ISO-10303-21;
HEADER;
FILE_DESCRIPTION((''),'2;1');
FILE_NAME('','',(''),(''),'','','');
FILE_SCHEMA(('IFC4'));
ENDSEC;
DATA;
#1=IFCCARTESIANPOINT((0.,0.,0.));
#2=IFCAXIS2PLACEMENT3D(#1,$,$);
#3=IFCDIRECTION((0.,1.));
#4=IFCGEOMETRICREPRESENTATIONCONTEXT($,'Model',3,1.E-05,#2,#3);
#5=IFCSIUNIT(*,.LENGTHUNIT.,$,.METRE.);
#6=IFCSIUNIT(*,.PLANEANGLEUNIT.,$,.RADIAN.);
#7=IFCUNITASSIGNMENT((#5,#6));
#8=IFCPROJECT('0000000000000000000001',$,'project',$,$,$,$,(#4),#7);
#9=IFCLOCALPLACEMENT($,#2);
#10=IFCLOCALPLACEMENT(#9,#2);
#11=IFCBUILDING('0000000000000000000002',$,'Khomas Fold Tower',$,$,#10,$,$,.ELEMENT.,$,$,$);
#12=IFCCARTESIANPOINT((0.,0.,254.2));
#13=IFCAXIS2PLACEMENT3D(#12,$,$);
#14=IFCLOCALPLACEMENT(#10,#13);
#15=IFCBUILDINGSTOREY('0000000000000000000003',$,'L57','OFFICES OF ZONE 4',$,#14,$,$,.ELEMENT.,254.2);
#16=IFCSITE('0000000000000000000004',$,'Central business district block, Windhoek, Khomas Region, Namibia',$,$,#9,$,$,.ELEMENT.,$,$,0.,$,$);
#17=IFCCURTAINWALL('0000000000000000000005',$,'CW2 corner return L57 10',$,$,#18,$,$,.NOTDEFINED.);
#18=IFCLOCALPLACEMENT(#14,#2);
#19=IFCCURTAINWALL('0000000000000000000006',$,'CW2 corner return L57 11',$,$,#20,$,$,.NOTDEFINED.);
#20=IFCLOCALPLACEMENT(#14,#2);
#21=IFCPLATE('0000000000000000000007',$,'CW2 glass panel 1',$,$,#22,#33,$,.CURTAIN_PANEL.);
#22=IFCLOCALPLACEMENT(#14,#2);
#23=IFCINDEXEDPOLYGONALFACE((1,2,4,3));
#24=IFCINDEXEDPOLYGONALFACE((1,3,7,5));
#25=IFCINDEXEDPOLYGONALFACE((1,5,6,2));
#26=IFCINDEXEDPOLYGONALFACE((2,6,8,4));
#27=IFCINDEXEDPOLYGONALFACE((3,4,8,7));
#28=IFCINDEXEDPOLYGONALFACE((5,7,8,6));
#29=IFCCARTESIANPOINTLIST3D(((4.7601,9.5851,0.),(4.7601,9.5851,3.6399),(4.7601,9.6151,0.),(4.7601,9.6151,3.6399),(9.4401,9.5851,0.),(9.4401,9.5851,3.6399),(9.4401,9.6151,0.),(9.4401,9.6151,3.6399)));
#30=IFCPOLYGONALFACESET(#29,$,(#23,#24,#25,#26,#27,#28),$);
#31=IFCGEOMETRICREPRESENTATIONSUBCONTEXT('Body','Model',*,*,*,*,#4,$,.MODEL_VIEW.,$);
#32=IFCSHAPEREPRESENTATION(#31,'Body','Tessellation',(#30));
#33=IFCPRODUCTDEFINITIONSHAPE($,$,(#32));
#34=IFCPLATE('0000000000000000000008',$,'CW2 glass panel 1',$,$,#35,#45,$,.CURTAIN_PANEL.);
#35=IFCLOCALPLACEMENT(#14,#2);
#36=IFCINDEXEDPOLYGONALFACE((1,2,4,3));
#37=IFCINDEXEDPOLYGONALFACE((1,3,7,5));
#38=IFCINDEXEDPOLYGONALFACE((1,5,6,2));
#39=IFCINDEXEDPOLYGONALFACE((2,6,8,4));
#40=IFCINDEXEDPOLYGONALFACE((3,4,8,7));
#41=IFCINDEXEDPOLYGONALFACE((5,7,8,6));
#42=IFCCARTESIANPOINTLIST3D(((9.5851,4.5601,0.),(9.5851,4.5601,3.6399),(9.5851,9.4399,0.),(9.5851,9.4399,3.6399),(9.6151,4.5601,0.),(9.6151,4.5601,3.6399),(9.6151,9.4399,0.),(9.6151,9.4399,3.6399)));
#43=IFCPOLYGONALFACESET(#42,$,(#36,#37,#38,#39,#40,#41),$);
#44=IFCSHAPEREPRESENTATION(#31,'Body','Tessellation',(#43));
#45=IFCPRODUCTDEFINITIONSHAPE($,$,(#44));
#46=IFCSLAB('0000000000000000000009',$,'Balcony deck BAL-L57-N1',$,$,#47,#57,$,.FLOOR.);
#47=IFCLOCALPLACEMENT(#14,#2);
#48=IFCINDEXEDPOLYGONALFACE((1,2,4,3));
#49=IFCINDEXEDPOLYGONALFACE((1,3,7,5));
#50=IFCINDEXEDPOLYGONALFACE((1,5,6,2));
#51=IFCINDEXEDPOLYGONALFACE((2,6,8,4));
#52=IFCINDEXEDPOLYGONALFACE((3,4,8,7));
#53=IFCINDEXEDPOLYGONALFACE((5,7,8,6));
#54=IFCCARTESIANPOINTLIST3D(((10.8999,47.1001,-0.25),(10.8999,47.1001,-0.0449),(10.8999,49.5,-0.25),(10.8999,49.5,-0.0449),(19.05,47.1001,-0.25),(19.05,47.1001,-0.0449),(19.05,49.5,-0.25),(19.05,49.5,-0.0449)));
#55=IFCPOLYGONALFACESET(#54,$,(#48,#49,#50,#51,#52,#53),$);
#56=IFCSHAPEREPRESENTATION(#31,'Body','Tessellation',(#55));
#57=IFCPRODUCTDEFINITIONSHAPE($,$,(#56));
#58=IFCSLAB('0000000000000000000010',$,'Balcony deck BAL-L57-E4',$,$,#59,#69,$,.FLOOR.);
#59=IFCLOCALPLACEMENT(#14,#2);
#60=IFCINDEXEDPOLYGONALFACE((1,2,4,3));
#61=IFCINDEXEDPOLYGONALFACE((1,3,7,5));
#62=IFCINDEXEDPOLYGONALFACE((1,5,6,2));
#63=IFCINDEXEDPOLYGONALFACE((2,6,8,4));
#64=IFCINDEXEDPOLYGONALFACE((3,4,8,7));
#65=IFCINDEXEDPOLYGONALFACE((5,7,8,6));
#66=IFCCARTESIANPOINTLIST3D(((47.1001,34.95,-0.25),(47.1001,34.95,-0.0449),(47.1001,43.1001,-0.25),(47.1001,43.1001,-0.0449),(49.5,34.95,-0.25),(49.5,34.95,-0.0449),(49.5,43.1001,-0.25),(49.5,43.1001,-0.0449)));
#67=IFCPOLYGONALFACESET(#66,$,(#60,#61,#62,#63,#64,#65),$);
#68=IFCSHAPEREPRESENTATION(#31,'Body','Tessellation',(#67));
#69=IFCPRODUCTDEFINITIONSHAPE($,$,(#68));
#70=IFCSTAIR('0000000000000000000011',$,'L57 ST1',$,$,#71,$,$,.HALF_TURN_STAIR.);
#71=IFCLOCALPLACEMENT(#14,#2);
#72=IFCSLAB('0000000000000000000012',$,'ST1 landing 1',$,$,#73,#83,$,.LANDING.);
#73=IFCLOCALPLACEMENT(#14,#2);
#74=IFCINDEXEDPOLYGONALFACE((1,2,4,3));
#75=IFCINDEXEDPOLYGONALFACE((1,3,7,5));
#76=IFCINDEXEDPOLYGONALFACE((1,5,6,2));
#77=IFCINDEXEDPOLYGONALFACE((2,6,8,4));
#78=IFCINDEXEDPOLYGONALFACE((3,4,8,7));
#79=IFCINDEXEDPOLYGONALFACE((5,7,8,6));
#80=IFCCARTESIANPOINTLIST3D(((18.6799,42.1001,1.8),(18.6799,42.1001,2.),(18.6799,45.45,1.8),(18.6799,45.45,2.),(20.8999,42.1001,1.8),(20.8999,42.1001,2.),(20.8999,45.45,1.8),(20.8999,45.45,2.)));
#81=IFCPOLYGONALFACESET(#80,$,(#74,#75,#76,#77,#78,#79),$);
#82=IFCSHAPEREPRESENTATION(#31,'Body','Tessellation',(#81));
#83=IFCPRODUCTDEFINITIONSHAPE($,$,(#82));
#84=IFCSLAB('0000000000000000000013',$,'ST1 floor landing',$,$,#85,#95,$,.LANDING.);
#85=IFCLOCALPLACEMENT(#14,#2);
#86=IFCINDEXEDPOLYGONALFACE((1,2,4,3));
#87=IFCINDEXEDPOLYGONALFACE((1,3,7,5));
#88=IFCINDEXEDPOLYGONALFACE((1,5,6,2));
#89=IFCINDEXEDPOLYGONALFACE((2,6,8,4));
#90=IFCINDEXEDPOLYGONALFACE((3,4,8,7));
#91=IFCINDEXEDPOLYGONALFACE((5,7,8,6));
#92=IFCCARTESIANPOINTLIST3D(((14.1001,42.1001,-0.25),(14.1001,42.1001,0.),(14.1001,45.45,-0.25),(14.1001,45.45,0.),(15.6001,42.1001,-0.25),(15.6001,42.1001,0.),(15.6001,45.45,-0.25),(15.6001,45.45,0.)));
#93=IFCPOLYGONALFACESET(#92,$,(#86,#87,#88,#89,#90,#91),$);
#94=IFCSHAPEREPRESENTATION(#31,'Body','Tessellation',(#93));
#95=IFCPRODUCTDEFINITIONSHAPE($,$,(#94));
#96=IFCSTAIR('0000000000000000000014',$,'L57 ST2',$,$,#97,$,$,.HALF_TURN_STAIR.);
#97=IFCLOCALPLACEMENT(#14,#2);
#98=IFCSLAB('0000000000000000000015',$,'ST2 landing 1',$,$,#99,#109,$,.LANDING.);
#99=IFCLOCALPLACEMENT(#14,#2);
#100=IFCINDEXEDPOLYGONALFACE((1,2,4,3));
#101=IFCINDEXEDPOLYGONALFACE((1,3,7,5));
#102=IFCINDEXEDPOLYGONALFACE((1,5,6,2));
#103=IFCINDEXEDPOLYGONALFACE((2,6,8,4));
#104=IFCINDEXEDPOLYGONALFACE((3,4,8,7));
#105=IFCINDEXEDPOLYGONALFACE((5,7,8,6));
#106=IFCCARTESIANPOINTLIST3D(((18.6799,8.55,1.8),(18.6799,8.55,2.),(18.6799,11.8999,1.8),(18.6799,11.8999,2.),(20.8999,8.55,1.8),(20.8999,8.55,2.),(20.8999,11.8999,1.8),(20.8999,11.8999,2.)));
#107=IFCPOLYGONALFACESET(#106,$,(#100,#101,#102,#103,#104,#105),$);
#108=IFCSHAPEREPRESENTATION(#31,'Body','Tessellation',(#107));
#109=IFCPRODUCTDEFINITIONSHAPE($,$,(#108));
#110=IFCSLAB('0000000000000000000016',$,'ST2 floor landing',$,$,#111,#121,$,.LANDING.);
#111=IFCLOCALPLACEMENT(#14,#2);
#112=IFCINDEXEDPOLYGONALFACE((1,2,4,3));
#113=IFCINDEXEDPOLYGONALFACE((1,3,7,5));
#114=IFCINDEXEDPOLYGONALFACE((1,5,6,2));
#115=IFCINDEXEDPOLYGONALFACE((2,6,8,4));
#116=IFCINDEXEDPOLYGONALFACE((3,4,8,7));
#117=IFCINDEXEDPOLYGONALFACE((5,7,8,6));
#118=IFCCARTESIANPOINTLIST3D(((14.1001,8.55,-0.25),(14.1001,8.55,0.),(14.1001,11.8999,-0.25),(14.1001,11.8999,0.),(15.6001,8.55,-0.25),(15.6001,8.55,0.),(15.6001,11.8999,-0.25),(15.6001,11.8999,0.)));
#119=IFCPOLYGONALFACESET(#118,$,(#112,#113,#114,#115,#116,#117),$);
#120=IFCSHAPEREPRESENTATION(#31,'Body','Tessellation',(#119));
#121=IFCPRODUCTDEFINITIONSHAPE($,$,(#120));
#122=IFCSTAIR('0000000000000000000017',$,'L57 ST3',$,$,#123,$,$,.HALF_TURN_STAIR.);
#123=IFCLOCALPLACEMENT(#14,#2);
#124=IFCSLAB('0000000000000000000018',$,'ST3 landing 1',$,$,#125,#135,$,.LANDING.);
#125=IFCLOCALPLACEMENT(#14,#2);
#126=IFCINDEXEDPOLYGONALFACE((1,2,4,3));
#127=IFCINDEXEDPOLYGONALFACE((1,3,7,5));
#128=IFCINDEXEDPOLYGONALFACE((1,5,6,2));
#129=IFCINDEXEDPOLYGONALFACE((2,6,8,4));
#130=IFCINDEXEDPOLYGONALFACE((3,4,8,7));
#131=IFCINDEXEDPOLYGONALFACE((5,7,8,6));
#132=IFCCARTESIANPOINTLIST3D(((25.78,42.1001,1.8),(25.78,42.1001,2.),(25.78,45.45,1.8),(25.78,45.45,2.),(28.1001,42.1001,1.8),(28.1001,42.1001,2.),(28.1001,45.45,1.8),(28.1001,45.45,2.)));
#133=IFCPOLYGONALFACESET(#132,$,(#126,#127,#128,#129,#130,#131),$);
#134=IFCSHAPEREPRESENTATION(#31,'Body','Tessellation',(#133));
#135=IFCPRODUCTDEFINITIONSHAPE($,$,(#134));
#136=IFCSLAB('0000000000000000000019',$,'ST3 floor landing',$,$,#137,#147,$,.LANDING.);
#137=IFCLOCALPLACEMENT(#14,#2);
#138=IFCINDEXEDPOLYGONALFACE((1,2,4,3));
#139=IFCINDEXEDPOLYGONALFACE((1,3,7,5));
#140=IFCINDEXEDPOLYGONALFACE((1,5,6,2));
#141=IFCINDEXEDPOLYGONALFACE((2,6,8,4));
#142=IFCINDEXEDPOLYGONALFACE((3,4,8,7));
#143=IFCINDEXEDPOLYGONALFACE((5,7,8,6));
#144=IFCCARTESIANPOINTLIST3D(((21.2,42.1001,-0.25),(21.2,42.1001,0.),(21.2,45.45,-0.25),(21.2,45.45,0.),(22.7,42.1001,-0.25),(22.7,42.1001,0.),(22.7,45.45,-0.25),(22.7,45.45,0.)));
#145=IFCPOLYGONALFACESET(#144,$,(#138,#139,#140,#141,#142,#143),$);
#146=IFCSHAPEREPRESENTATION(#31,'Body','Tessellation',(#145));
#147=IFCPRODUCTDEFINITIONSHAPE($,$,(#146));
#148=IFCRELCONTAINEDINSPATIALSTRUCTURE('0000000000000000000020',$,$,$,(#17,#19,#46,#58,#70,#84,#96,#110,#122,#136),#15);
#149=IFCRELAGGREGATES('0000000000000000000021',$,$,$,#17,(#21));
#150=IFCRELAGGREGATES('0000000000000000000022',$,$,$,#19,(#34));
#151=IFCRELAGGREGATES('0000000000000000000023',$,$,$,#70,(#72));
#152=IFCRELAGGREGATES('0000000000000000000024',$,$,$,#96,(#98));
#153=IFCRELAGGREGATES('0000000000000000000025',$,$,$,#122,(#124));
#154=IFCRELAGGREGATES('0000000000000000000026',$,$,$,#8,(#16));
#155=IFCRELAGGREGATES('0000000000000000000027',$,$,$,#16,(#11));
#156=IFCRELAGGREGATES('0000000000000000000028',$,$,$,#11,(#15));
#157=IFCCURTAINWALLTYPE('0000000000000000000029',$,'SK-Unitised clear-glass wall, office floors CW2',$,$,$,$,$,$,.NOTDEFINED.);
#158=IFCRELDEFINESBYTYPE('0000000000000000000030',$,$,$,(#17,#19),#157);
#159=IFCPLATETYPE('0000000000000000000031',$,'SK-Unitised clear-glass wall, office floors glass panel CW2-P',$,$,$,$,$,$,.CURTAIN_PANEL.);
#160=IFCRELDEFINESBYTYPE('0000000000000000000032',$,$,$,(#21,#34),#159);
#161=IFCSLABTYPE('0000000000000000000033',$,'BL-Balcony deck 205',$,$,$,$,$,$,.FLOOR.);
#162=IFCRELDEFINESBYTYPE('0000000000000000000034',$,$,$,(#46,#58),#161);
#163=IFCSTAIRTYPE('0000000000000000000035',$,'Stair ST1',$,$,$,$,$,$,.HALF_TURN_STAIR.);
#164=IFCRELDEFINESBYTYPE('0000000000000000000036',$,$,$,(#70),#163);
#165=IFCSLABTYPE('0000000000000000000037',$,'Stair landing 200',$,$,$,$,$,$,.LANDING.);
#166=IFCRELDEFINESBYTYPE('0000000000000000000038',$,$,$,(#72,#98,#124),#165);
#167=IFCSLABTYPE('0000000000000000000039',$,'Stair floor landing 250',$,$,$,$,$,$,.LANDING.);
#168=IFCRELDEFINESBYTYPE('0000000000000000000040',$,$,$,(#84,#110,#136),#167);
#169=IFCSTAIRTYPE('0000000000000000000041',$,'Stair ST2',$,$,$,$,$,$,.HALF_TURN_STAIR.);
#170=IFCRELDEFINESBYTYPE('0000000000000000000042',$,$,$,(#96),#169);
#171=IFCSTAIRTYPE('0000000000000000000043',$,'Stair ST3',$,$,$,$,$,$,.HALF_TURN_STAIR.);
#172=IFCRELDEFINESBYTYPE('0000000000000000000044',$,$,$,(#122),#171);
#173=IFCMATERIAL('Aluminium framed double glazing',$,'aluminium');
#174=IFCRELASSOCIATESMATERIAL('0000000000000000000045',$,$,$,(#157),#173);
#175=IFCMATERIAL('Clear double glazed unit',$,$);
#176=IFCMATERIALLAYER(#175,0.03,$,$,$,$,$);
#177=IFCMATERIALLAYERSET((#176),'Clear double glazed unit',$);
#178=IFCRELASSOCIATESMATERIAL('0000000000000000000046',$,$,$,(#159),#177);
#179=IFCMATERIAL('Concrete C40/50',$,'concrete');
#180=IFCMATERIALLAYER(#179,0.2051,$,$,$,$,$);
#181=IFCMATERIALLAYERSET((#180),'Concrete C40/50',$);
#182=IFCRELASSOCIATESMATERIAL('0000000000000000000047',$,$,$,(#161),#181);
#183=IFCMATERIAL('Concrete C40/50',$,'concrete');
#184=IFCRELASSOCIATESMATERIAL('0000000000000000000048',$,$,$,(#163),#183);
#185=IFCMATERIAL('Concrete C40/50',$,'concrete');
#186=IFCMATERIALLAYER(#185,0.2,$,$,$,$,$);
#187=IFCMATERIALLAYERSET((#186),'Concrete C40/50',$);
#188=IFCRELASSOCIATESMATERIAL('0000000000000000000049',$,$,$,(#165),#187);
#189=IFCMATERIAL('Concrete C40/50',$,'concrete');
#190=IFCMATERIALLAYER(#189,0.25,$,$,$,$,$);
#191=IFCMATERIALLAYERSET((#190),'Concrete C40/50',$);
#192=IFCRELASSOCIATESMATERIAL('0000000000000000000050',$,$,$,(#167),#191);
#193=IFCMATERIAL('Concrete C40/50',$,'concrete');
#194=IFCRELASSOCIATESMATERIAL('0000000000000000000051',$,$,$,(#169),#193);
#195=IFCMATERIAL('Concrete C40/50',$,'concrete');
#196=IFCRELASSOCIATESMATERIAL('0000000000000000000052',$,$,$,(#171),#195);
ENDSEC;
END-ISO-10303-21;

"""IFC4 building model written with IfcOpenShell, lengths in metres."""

from ifc_helpers import new_model, si_unit, direction, frame, origin, origin_2d, place, context, subcontext, project, spatial, polyline, rectangle, outline, extrude, source, transform, mapped, material, layer, layer_set, type_object, element, aggregate, save


model = new_model("IFC4")

# Units and contexts
model_context = context("Model", 3, precision=1e-05, world=origin(), true_north=direction((0.0, 1.0)))
body_context = subcontext(model_context, "Body", "Model", "MODEL_VIEW")
ifc_project = project(units=[si_unit("LENGTHUNIT", "METRE"), si_unit("PLANEANGLEUNIT", "RADIAN")], contexts=[model_context])

# Site, building, storey
site_placement = place(None, origin())
site = spatial("IfcSite", under=ifc_project, at=site_placement, Name="Central business district block, Windhoek, Khomas Region, Namibia", CompositionType="ELEMENT", RefElevation=0.0)
building_placement = place(site_placement, origin())
building = spatial("IfcBuilding", under=site, at=building_placement, Name="Khomas Fold Tower", CompositionType="ELEMENT")
storey_placement = place(building_placement, frame((0.0, 0.0, 254.2)))
storey = spatial("IfcBuildingStorey", under=building, at=storey_placement, Name="L57", Description="OFFICES OF ZONE 4", CompositionType="ELEMENT", Elevation=254.2)

# Shared definitions
ifc_material_1 = material(Name="Aluminium framed double glazing", Category="aluminium")
curtain_wall_type = type_object("IfcCurtainWallType", Name="SK-Unitised clear-glass wall, office floors CW2", PredefinedType="NOTDEFINED", material=ifc_material_1)

# Curtain walls
curtain_wall_1_placement = place(storey_placement, origin())
curtain_wall_1 = element("IfcCurtainWall", 1, at=curtain_wall_1_placement, inside=storey, type_object=curtain_wall_type, Name="CW2 corner return L57 10", PredefinedType="NOTDEFINED")
curtain_wall_2_placement = place(storey_placement, origin())
curtain_wall_2 = element("IfcCurtainWall", 2, at=curtain_wall_2_placement, inside=storey, type_object=curtain_wall_type, Name="CW2 corner return L57 11", PredefinedType="NOTDEFINED")

# Plates
ifc_material_2 = material(Name="Clear double glazed unit")
ifc_layer_1 = layer(ifc_material_2, 0.03)
ifc_layer_set_1 = layer_set([ifc_layer_1], Name="Clear double glazed unit")
plate_type = type_object("IfcPlateType", Name="SK-Unitised clear-glass wall, office floors glass panel CW2-P", PredefinedType="CURTAIN_PANEL", material=ifc_layer_set_1)
shared_shape_1 = source(origin(), body_context, "Body", "SweptSolid", [
    extrude(rectangle(XDim=4.6799, YDim=0.03, at=origin_2d()), origin(), (0.0, 0.0, 1.0), 3.6399),
])
plate_1_placement = place(storey_placement, frame((7.1001, 9.6001, 0.0), z_axis=(0.0, 0.0, 1.0), x_axis=(1.0, 0.0, 0.0)))
plate_1 = element("IfcPlate", 3, at=plate_1_placement, type_object=plate_type, Name="CW2 glass panel 1", PredefinedType="CURTAIN_PANEL", context=body_context, shape_type="MappedRepresentation", body=[
    mapped(shared_shape_1, transform((0.0, 0.0, 0.0))),
])
aggregate(curtain_wall_1, [plate_1])
shared_shape_2 = source(origin(), body_context, "Body", "SweptSolid", [
    extrude(rectangle(XDim=4.8799, YDim=0.03, at=origin_2d()), origin(), (0.0, 0.0, 1.0), 3.6399),
])
plate_2_placement = place(storey_placement, frame((9.6001, 7.0, 0.0), z_axis=(0.0, 0.0, 1.0), x_axis=(0.0, -1.0, 0.0)))
plate_2 = element("IfcPlate", 4, at=plate_2_placement, type_object=plate_type, Name="CW2 glass panel 1", PredefinedType="CURTAIN_PANEL", context=body_context, shape_type="MappedRepresentation", body=[
    mapped(shared_shape_2, transform((0.0, 0.0, 0.0))),
])
aggregate(curtain_wall_2, [plate_2])

# Slabs
ifc_material_3 = material(Name="Concrete C40/50", Category="concrete")
ifc_layer_2 = layer(ifc_material_3, 0.2051)
ifc_layer_set_2 = layer_set([ifc_layer_2], Name="Concrete C40/50")
slab_type_1 = type_object("IfcSlabType", Name="BL-Balcony deck 205", PredefinedType="FLOOR", material=ifc_layer_set_2)
shared_shape_3 = source(origin(), body_context, "Body", "SweptSolid", [
    extrude(outline(polyline([(10.8999, 47.1001), (19.05, 47.1001), (19.05, 49.5), (10.8999, 49.5), (10.8999, 47.1001)])), origin(), (0.0, 0.0, 1.0), 0.2051),
])
slab_1_placement = place(storey_placement, frame((0.0, 0.0, -0.25)))
element("IfcSlab", 5, at=slab_1_placement, inside=storey, type_object=slab_type_1, Name="Balcony deck BAL-L57-N1", PredefinedType="FLOOR", context=body_context, shape_type="MappedRepresentation", body=[
    mapped(shared_shape_3, transform((0.0, 0.0, 0.0))),
])
shared_shape_4 = source(origin(), body_context, "Body", "SweptSolid", [
    extrude(outline(polyline([(47.1001, 34.95), (49.5, 34.95), (49.5, 43.1001), (47.1001, 43.1001), (47.1001, 34.95)])), origin(), (0.0, 0.0, 1.0), 0.2051),
])
slab_2_placement = place(storey_placement, frame((0.0, 0.0, -0.25)))
element("IfcSlab", 6, at=slab_2_placement, inside=storey, type_object=slab_type_1, Name="Balcony deck BAL-L57-E4", PredefinedType="FLOOR", context=body_context, shape_type="MappedRepresentation", body=[
    mapped(shared_shape_4, transform((0.0, 0.0, 0.0))),
])

# Stair, slab
ifc_material_4 = material(Name="Concrete C40/50", Category="concrete")
stair_type_1 = type_object("IfcStairType", Name="Stair ST1", PredefinedType="HALF_TURN_STAIR", material=ifc_material_4)
stair_1_placement = place(storey_placement, origin())
stair_1 = element("IfcStair", 7, at=stair_1_placement, inside=storey, type_object=stair_type_1, Name="L57 ST1", PredefinedType="HALF_TURN_STAIR")
ifc_material_5 = material(Name="Concrete C40/50", Category="concrete")
ifc_layer_3 = layer(ifc_material_5, 0.2)
ifc_layer_set_3 = layer_set([ifc_layer_3], Name="Concrete C40/50")
slab_type_2 = type_object("IfcSlabType", Name="Stair landing 200", PredefinedType="LANDING", material=ifc_layer_set_3)
shared_shape_5 = source(origin(), body_context, "Body", "SweptSolid", [
    extrude(outline(polyline([(18.6799, 42.1001), (20.8999, 42.1001), (20.8999, 45.45), (18.6799, 45.45), (18.6799, 42.1001)])), origin(), (0.0, 0.0, 1.0), 0.2),
])
slab_3_placement = place(storey_placement, frame((0.0, 0.0, 1.8)))
slab_3 = element("IfcSlab", 8, at=slab_3_placement, type_object=slab_type_2, Name="ST1 landing 1", PredefinedType="LANDING", context=body_context, shape_type="MappedRepresentation", body=[
    mapped(shared_shape_5, transform((0.0, 0.0, 0.0))),
])
aggregate(stair_1, [slab_3])

# Slab
ifc_material_6 = material(Name="Concrete C40/50", Category="concrete")
ifc_layer_4 = layer(ifc_material_6, 0.25)
ifc_layer_set_4 = layer_set([ifc_layer_4], Name="Concrete C40/50")
slab_type_3 = type_object("IfcSlabType", Name="Stair floor landing 250", PredefinedType="LANDING", material=ifc_layer_set_4)
shared_shape_6 = source(origin(), body_context, "Body", "SweptSolid", [
    extrude(outline(polyline([(15.6001, 42.1001), (14.1001, 42.1001), (14.1001, 45.45), (15.6001, 45.45), (15.6001, 42.1001)])), origin(), (0.0, 0.0, 1.0), 0.25),
])
slab_4_placement = place(storey_placement, frame((0.0, 0.0, -0.25)))
element("IfcSlab", 9, at=slab_4_placement, inside=storey, type_object=slab_type_3, Name="ST1 floor landing", PredefinedType="LANDING", context=body_context, shape_type="MappedRepresentation", body=[
    mapped(shared_shape_6, transform((0.0, 0.0, 0.0))),
])

# Stair, slab
ifc_material_7 = material(Name="Concrete C40/50", Category="concrete")
stair_type_2 = type_object("IfcStairType", Name="Stair ST2", PredefinedType="HALF_TURN_STAIR", material=ifc_material_7)
stair_2_placement = place(storey_placement, origin())
stair_2 = element("IfcStair", 10, at=stair_2_placement, inside=storey, type_object=stair_type_2, Name="L57 ST2", PredefinedType="HALF_TURN_STAIR")
shared_shape_7 = source(origin(), body_context, "Body", "SweptSolid", [
    extrude(outline(polyline([(18.6799, 8.55), (20.8999, 8.55), (20.8999, 11.8999), (18.6799, 11.8999), (18.6799, 8.55)])), origin(), (0.0, 0.0, 1.0), 0.2),
])
slab_5_placement = place(storey_placement, frame((0.0, 0.0, 1.8)))
slab_5 = element("IfcSlab", 11, at=slab_5_placement, type_object=slab_type_2, Name="ST2 landing 1", PredefinedType="LANDING", context=body_context, shape_type="MappedRepresentation", body=[
    mapped(shared_shape_7, transform((0.0, 0.0, 0.0))),
])
aggregate(stair_2, [slab_5])

# Slab
shared_shape_8 = source(origin(), body_context, "Body", "SweptSolid", [
    extrude(outline(polyline([(15.6001, 8.55), (14.1001, 8.55), (14.1001, 11.8999), (15.6001, 11.8999), (15.6001, 8.55)])), origin(), (0.0, 0.0, 1.0), 0.25),
])
slab_6_placement = place(storey_placement, frame((0.0, 0.0, -0.25)))
element("IfcSlab", 12, at=slab_6_placement, inside=storey, type_object=slab_type_3, Name="ST2 floor landing", PredefinedType="LANDING", context=body_context, shape_type="MappedRepresentation", body=[
    mapped(shared_shape_8, transform((0.0, 0.0, 0.0))),
])

# Stair, slab
ifc_material_8 = material(Name="Concrete C40/50", Category="concrete")
stair_type_3 = type_object("IfcStairType", Name="Stair ST3", PredefinedType="HALF_TURN_STAIR", material=ifc_material_8)
stair_3_placement = place(storey_placement, origin())
stair_3 = element("IfcStair", 13, at=stair_3_placement, inside=storey, type_object=stair_type_3, Name="L57 ST3", PredefinedType="HALF_TURN_STAIR")
shared_shape_9 = source(origin(), body_context, "Body", "SweptSolid", [
    extrude(outline(polyline([(25.78, 42.1001), (28.1001, 42.1001), (28.1001, 45.45), (25.78, 45.45), (25.78, 42.1001)])), origin(), (0.0, 0.0, 1.0), 0.2),
])
slab_7_placement = place(storey_placement, frame((0.0, 0.0, 1.8)))
slab_7 = element("IfcSlab", 14, at=slab_7_placement, type_object=slab_type_2, Name="ST3 landing 1", PredefinedType="LANDING", context=body_context, shape_type="MappedRepresentation", body=[
    mapped(shared_shape_9, transform((0.0, 0.0, 0.0))),
])
aggregate(stair_3, [slab_7])

# Slab
shared_shape_10 = source(origin(), body_context, "Body", "SweptSolid", [
    extrude(outline(polyline([(22.7, 42.1001), (21.2, 42.1001), (21.2, 45.45), (22.7, 45.45), (22.7, 42.1001)])), origin(), (0.0, 0.0, 1.0), 0.25),
])
slab_8_placement = place(storey_placement, frame((0.0, 0.0, -0.25)))
element("IfcSlab", 15, at=slab_8_placement, inside=storey, type_object=slab_type_3, Name="ST3 floor landing", PredefinedType="LANDING", context=body_context, shape_type="MappedRepresentation", body=[
    mapped(shared_shape_10, transform((0.0, 0.0, 0.0))),
])

save(model, "model.ifc")
